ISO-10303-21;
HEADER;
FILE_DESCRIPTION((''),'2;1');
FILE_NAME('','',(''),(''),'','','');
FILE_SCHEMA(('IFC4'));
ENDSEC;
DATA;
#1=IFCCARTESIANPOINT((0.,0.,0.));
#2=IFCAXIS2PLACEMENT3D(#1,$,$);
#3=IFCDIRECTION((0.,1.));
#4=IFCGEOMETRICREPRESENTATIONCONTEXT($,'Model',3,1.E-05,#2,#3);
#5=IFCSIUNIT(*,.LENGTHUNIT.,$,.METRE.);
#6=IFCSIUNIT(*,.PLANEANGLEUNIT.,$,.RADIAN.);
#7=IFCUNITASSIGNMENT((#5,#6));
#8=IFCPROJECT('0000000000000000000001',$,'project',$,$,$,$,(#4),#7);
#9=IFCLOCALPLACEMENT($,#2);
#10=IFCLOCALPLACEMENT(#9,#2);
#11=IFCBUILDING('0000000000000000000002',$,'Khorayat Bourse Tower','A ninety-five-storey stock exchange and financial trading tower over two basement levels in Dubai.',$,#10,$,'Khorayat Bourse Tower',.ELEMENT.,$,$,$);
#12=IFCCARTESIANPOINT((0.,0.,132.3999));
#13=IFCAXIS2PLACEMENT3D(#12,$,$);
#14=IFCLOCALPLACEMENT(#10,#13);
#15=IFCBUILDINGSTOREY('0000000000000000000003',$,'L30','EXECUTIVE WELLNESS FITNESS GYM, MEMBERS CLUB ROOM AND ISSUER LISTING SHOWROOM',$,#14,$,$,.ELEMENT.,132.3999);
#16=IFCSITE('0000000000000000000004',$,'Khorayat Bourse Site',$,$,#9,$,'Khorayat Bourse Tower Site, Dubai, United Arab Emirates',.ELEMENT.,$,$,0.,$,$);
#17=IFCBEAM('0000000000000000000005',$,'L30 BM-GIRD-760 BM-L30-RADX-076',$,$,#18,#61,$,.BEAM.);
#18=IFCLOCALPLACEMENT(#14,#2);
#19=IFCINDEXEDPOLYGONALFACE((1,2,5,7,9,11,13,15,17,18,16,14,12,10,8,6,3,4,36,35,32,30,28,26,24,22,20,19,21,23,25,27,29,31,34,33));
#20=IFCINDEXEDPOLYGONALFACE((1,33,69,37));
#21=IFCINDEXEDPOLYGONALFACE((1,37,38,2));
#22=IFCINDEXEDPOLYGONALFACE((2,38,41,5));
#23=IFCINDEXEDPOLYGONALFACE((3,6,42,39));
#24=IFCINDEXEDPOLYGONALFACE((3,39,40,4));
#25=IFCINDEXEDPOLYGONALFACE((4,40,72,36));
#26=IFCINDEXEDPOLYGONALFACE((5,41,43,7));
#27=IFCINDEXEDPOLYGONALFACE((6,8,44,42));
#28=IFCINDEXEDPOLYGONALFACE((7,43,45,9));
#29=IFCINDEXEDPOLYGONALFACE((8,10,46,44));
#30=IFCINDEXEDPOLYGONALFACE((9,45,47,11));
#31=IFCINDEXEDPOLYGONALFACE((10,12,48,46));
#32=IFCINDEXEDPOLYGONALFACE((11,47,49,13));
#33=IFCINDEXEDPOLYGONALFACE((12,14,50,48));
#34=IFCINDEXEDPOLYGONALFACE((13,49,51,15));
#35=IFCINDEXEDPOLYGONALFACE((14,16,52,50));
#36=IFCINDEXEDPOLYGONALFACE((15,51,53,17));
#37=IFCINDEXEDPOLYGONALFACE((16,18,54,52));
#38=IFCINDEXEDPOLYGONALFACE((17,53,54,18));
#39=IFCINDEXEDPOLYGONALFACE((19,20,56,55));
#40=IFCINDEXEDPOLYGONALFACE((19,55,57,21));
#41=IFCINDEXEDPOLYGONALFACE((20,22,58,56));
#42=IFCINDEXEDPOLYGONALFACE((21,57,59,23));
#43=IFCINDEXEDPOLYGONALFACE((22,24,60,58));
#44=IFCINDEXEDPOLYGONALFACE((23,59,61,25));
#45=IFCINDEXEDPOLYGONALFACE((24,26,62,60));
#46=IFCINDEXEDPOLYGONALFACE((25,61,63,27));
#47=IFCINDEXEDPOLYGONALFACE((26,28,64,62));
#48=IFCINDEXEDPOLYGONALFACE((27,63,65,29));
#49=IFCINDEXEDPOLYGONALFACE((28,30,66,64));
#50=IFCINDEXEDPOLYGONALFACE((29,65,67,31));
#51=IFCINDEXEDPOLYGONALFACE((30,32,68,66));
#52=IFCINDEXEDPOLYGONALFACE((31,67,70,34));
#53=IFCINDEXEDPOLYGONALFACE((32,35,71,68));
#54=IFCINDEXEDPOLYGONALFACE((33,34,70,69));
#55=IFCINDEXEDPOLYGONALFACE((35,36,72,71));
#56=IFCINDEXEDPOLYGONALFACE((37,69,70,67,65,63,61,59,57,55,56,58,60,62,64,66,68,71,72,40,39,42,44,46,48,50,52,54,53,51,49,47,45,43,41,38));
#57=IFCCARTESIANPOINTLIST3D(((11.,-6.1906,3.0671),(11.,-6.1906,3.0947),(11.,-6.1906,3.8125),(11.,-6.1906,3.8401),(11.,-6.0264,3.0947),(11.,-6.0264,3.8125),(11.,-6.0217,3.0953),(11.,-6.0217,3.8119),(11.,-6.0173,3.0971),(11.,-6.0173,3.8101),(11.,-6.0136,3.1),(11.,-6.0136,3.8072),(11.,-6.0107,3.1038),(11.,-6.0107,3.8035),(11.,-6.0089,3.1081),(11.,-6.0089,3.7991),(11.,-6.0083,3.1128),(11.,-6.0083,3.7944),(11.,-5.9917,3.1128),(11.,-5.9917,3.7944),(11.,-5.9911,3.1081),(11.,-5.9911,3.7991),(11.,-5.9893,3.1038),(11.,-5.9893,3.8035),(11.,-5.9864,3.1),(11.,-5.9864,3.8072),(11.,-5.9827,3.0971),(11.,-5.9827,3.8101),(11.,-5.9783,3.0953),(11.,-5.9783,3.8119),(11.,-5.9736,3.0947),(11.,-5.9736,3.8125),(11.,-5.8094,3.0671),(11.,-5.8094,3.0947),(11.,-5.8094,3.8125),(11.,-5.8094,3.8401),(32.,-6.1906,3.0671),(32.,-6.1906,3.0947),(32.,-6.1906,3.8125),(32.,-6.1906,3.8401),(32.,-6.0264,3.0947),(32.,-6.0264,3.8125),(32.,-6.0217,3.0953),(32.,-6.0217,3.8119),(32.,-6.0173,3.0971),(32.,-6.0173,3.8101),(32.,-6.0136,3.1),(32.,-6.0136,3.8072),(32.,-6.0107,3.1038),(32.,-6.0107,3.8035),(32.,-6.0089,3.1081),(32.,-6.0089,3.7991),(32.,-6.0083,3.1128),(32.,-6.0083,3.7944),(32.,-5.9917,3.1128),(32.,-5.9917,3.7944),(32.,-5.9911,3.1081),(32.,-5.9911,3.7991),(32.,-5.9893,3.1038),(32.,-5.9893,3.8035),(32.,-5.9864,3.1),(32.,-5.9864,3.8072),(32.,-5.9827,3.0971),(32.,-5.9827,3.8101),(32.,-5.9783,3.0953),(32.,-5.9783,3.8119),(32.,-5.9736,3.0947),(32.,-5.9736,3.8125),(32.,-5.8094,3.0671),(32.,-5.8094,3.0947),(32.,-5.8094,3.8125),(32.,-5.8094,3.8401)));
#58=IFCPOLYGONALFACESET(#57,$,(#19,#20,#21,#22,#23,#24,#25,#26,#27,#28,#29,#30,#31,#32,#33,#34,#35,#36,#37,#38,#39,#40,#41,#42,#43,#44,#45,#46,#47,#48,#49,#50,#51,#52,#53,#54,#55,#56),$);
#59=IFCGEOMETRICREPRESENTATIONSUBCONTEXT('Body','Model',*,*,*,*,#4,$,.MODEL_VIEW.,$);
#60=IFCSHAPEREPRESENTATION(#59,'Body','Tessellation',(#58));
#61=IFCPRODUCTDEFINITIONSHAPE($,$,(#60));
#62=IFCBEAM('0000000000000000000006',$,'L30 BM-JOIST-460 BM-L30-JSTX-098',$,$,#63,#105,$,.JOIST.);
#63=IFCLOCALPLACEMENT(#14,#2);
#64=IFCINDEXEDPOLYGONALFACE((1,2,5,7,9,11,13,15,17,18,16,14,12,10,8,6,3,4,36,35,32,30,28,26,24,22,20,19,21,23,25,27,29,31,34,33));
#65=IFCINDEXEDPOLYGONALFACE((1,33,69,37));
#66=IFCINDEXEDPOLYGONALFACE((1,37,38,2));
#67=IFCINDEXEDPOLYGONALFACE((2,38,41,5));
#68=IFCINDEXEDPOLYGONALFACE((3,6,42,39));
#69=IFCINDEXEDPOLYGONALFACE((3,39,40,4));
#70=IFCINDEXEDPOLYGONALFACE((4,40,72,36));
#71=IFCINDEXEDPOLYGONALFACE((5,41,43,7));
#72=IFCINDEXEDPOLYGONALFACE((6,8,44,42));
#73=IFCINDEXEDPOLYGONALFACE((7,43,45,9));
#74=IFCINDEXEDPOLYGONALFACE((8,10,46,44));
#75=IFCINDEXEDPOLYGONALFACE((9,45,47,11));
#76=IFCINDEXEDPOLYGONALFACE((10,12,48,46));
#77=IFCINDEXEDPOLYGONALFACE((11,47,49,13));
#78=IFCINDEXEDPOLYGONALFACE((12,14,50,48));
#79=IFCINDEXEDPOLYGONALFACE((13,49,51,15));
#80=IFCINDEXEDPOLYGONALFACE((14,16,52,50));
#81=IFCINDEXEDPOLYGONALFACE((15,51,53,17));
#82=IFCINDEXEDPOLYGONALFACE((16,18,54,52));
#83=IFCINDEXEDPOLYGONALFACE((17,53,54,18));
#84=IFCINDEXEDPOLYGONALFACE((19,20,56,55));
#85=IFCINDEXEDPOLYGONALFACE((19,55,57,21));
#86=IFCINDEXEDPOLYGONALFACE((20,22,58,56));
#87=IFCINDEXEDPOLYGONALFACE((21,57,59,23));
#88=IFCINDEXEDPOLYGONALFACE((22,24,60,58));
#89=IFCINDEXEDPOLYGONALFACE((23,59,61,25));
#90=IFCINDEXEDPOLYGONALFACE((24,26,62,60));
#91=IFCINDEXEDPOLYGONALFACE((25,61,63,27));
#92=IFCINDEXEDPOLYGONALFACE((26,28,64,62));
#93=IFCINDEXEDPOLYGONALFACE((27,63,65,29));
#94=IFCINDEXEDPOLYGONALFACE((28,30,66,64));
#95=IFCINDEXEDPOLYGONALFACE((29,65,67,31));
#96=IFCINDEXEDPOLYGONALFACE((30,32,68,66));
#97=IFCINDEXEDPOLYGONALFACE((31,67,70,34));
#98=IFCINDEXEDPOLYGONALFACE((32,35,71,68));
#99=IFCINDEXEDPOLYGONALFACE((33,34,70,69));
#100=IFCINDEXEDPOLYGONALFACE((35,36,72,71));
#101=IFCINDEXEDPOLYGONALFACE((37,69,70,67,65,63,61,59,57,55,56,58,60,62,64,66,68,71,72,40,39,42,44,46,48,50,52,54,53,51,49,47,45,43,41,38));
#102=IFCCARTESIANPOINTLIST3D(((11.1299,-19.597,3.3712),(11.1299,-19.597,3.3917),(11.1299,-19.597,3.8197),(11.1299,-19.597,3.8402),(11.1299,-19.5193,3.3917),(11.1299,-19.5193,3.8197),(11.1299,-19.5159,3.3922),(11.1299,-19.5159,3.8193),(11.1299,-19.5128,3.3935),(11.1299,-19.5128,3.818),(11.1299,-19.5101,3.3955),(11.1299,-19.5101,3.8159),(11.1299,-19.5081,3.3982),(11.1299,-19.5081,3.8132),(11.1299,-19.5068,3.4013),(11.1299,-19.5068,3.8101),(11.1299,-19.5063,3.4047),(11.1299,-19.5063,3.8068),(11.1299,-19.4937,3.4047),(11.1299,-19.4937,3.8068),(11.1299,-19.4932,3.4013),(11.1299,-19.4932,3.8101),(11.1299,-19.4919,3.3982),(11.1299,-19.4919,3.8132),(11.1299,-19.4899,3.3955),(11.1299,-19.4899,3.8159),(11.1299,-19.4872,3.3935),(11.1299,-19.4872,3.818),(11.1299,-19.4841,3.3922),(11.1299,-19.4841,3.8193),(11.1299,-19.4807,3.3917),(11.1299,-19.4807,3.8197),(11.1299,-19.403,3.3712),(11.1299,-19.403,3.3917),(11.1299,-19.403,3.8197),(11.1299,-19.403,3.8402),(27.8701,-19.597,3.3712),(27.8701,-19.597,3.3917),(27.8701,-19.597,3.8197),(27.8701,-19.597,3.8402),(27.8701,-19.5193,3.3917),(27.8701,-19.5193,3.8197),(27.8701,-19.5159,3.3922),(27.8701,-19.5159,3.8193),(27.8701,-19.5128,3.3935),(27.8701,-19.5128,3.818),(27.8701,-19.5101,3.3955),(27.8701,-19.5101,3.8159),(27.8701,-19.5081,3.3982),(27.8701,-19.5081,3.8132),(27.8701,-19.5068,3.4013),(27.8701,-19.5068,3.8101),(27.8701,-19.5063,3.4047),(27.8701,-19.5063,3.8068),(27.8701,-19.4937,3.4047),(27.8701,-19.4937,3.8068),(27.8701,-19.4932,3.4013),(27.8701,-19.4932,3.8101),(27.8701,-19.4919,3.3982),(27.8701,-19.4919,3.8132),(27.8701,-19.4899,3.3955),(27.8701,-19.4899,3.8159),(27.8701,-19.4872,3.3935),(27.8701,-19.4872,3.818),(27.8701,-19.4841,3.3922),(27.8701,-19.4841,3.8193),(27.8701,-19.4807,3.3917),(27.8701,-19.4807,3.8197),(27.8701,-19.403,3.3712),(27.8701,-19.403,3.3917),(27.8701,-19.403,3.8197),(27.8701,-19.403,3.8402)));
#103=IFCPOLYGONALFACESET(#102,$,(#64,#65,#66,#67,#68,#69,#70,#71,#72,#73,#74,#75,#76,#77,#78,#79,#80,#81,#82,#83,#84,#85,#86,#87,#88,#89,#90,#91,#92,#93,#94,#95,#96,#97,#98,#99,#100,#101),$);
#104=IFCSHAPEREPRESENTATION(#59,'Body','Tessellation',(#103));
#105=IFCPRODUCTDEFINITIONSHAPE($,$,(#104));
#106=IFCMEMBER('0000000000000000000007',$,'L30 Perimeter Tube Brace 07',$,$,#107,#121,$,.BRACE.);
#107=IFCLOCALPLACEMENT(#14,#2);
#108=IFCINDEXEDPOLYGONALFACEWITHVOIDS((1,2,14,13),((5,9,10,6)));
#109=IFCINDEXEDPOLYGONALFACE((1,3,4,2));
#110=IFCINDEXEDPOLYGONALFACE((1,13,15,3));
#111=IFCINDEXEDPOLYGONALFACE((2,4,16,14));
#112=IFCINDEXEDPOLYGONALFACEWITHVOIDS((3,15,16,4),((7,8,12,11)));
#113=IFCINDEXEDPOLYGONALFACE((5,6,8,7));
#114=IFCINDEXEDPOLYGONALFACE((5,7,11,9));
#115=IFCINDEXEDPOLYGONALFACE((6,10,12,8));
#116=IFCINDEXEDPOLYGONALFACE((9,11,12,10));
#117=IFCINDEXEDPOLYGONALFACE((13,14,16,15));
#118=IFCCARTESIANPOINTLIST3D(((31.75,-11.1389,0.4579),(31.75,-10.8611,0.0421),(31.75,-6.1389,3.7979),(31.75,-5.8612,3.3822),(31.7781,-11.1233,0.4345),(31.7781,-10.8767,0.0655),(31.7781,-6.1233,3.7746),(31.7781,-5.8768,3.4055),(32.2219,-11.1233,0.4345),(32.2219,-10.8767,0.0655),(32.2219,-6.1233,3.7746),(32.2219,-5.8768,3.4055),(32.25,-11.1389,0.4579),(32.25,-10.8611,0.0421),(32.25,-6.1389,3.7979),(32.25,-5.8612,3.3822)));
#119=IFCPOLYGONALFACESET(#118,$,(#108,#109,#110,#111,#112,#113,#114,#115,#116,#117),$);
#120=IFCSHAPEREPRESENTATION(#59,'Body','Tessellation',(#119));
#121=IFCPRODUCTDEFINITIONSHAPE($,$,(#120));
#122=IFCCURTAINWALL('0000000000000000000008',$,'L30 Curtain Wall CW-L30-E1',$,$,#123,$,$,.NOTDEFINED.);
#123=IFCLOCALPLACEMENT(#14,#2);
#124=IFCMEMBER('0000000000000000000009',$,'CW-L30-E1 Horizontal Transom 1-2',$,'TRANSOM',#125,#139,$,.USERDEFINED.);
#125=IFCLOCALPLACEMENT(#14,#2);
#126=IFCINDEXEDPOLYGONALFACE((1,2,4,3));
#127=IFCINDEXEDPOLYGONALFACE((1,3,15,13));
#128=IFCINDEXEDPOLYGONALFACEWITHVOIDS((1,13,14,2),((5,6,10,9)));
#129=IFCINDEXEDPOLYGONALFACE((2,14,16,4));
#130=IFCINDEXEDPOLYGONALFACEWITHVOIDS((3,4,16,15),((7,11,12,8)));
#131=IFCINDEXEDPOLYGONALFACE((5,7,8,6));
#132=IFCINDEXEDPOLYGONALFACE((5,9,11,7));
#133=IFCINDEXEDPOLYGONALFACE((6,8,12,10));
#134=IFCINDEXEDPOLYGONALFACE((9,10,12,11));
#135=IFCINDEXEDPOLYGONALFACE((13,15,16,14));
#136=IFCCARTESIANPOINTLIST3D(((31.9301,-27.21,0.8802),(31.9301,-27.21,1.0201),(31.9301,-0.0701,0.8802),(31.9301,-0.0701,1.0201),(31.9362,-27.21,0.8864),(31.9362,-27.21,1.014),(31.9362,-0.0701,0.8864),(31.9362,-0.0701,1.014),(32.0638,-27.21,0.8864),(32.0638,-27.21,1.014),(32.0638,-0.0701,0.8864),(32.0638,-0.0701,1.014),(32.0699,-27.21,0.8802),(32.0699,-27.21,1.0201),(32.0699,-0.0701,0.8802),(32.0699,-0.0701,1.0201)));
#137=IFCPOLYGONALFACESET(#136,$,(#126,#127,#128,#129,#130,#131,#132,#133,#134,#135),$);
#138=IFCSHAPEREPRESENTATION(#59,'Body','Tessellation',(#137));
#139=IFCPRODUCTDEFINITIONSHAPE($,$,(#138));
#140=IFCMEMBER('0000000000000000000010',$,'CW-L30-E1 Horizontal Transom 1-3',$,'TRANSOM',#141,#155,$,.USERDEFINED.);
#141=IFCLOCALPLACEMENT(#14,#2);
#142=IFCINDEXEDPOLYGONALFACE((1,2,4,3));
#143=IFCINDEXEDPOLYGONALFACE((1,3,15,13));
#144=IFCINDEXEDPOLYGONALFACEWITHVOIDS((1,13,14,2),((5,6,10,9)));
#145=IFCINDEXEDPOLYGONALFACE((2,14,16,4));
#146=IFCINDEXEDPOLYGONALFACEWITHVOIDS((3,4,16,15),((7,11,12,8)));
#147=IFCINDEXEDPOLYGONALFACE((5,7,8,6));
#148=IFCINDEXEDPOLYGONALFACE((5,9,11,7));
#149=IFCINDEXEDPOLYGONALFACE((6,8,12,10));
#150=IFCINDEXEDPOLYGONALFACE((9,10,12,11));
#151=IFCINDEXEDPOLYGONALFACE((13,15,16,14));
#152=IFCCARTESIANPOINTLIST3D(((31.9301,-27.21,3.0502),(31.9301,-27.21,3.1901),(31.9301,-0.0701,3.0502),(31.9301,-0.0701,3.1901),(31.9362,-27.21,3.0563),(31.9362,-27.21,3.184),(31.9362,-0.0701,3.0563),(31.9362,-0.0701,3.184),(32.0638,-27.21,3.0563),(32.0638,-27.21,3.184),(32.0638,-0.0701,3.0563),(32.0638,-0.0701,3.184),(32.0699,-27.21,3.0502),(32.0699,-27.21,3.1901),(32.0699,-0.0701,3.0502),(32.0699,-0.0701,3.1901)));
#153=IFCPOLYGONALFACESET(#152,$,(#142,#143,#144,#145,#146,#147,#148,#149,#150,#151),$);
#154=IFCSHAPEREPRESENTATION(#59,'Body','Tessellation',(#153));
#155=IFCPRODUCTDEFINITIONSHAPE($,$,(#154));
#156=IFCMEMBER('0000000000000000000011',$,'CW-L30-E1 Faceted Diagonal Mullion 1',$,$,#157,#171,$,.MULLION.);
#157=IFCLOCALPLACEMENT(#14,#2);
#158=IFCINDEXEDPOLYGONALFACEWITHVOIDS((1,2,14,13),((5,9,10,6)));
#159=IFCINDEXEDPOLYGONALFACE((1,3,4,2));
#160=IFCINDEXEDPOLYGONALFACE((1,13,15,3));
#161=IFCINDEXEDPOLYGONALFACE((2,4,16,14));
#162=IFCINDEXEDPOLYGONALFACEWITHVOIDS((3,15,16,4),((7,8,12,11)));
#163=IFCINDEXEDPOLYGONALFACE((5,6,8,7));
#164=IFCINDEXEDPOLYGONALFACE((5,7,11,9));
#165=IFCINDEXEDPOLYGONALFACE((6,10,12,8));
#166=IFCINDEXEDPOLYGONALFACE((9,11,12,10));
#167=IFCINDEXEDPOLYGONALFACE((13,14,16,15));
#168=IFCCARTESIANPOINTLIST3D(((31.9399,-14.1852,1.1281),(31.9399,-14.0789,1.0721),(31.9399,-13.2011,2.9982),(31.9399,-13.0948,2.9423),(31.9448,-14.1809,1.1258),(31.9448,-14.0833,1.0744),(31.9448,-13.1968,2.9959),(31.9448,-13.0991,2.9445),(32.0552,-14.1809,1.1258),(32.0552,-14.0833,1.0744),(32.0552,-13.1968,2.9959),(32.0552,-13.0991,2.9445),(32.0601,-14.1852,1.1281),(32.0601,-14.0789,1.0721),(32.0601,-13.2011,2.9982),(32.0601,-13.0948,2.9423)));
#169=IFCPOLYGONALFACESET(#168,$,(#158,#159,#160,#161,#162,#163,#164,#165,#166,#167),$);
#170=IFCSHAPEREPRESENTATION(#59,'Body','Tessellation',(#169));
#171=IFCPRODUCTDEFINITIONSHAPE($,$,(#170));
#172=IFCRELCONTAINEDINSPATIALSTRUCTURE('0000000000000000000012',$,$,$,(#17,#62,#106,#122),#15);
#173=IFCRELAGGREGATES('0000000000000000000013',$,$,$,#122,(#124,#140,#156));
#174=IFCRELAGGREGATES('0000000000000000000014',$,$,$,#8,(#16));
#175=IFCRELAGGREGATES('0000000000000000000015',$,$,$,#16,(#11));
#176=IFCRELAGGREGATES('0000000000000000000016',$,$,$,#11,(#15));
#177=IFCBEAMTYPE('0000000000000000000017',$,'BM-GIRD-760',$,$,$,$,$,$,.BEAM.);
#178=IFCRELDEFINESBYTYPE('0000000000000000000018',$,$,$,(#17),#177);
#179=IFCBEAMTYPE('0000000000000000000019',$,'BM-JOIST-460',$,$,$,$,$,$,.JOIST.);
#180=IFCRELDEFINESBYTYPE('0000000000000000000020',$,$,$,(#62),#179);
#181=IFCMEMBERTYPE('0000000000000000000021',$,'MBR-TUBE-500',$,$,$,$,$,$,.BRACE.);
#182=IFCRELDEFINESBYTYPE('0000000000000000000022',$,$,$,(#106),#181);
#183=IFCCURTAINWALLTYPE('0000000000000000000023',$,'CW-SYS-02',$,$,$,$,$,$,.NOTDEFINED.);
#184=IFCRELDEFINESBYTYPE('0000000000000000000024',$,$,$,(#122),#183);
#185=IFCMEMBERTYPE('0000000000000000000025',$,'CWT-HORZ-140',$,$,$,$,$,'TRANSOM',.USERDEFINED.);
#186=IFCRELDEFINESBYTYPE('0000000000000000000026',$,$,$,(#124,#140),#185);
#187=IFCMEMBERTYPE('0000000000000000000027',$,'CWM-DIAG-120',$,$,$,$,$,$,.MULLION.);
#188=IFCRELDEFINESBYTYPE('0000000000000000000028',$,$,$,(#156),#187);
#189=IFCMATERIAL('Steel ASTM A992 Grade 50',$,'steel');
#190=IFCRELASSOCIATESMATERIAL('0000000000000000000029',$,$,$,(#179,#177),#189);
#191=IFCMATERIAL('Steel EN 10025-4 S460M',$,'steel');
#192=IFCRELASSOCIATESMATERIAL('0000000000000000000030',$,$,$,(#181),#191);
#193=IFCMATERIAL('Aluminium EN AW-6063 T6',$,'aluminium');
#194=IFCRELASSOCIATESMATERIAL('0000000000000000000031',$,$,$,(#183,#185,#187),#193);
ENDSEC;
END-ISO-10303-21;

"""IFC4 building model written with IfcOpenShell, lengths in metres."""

from ifc_helpers import new_model, si_unit, direction, frame, origin, origin_2d, place, context, subcontext, project, spatial, hollow_rectangle, i_section, extrude, source, transform, mapped, material, material_profile, profile_set, type_object, element, aggregate, save


model = new_model("IFC4")

# Units and contexts
model_context = context("Model", 3, precision=1e-05, world=origin(), true_north=direction((0.0, 1.0)))
body_context = subcontext(model_context, "Body", "Model", "MODEL_VIEW")
ifc_project = project(units=[si_unit("LENGTHUNIT", "METRE"), si_unit("PLANEANGLEUNIT", "RADIAN")], contexts=[model_context])

# Site, building, storey
site_placement = place(None, origin())
site = spatial("IfcSite", under=ifc_project, at=site_placement, Name="Khorayat Bourse Site", LongName="Khorayat Bourse Tower Site, Dubai, United Arab Emirates", CompositionType="ELEMENT", RefElevation=0.0)
building_placement = place(site_placement, origin())
building = spatial("IfcBuilding", under=site, at=building_placement, Name="Khorayat Bourse Tower", Description="A ninety-five-storey stock exchange and financial trading tower over two basement levels in Dubai.", LongName="Khorayat Bourse Tower", CompositionType="ELEMENT")
storey_placement = place(building_placement, frame((0.0, 0.0, 132.3999)))
storey = spatial("IfcBuildingStorey", under=building, at=storey_placement, Name="L30", Description="EXECUTIVE WELLNESS FITNESS GYM, MEMBERS CLUB ROOM AND ISSUER LISTING SHOWROOM", CompositionType="ELEMENT", Elevation=132.3999)

# Shared definitions
ifc_material_1 = material(Name="Steel EN 10025-4 S460M", Category="steel")

# Beams
ifc_material_2 = material(Name="Steel ASTM A992 Grade 50", Category="steel")
ifc_material_profile_1 = material_profile(ifc_material_2, i_section(OverallWidth=0.1941, OverallDepth=0.469, WebThickness=0.0127, FlangeThickness=0.0205, FilletRadius=0.0129, at=origin_2d()), Name="W460X106")
ifc_profile_set_1 = profile_set([ifc_material_profile_1], Name="Steel ASTM A992 Grade 50")
beam_type_1 = type_object("IfcBeamType", Name="BM-JOIST-460", PredefinedType="JOIST", material=ifc_profile_set_1)
ifc_material_profile_2 = material_profile(ifc_material_2, i_section(OverallWidth=0.3811, OverallDepth=0.7729, WebThickness=0.0166, FlangeThickness=0.0276, FilletRadius=0.0181, at=origin_2d()), Name="W760X257")
ifc_profile_set_2 = profile_set([ifc_material_profile_2], Name="Steel ASTM A992 Grade 50")
beam_type_2 = type_object("IfcBeamType", Name="BM-GIRD-760", PredefinedType="BEAM", material=ifc_profile_set_2)
shared_shape_1 = source(origin(), body_context, "Body", "SweptSolid", [
    extrude(i_section(OverallWidth=0.3811, OverallDepth=0.7729, WebThickness=0.0166, FlangeThickness=0.0276, FilletRadius=0.0181, at=origin_2d()), origin(), (0.0, 0.0, 1.0), 21.0),
])
beam_1_placement = place(storey_placement, frame((11.0, -6.0, 3.4536), z_axis=(1.0, 0.0, 0.0), x_axis=(0.0, 1.0, 0.0)))
element("IfcBeam", 1, at=beam_1_placement, inside=storey, type_object=beam_type_2, Name="L30 BM-GIRD-760 BM-L30-RADX-076", PredefinedType="BEAM", context=body_context, shape_type="MappedRepresentation", body=[
    mapped(shared_shape_1, transform((0.0, 0.0, 0.0), scale=1.0)),
])
shared_shape_2 = source(origin(), body_context, "Body", "SweptSolid", [
    extrude(i_section(OverallWidth=0.1941, OverallDepth=0.469, WebThickness=0.0127, FlangeThickness=0.0205, FilletRadius=0.0129, at=origin_2d()), origin(), (0.0, 0.0, 1.0), 16.7402),
])
beam_2_placement = place(storey_placement, frame((11.1299, -19.5, 3.6057), z_axis=(1.0, 0.0, 0.0), x_axis=(0.0, 1.0, 0.0)))
element("IfcBeam", 2, at=beam_2_placement, inside=storey, type_object=beam_type_1, Name="L30 BM-JOIST-460 BM-L30-JSTX-098", PredefinedType="JOIST", context=body_context, shape_type="MappedRepresentation", body=[
    mapped(shared_shape_2, transform((0.0, 0.0, 0.0), scale=1.0)),
])

# Member
ifc_material_profile_3 = material_profile(ifc_material_1, hollow_rectangle(XDim=0.5, YDim=0.5, WallThickness=0.0281, at=origin_2d()), Name="HSS 500x500x28")
ifc_profile_set_3 = profile_set([ifc_material_profile_3], Name="Steel EN 10025-4 S460M")
member_type_1 = type_object("IfcMemberType", Name="MBR-TUBE-500", PredefinedType="BRACE", material=ifc_profile_set_3)
shared_shape_3 = source(origin(), body_context, "Body", "SweptSolid", [
    extrude(hollow_rectangle(XDim=0.5, YDim=0.5, WallThickness=0.0281, at=origin_2d()), origin(), (0.0, 0.0, 1.0), 6.0129),
])
member_1_placement = place(storey_placement, frame((32.0, -11.0, 0.25), z_axis=(0.0, 0.831531, 0.555478), x_axis=(-1.0, 0.0, 0.0)))
element("IfcMember", 3, at=member_1_placement, inside=storey, type_object=member_type_1, Name="L30 Perimeter Tube Brace 07", PredefinedType="BRACE", context=body_context, shape_type="MappedRepresentation", body=[
    mapped(shared_shape_3, transform((0.0, 0.0, 0.0), scale=1.0)),
])

# Curtain wall, members
ifc_material_3 = material(Name="Aluminium EN AW-6063 T6", Category="aluminium")
curtain_wall_type = type_object("IfcCurtainWallType", Name="CW-SYS-02", PredefinedType="NOTDEFINED", material=ifc_material_3)
curtain_wall_placement = place(storey_placement, origin())
curtain_wall = element("IfcCurtainWall", 4, at=curtain_wall_placement, inside=storey, type_object=curtain_wall_type, Name="L30 Curtain Wall CW-L30-E1", PredefinedType="NOTDEFINED")
ifc_material_profile_4 = material_profile(ifc_material_3, hollow_rectangle(XDim=0.1399, YDim=0.1399, WallThickness=0.0061, at=origin_2d()), Name="ALU 140x140x6")
ifc_profile_set_4 = profile_set([ifc_material_profile_4], Name="Aluminium EN AW-6063 T6")
member_type_2 = type_object("IfcMemberType", Name="CWT-HORZ-140", ElementType="TRANSOM", PredefinedType="USERDEFINED", material=ifc_profile_set_4)
shared_shape_4 = source(origin(), body_context, "Body", "SweptSolid", [
    extrude(hollow_rectangle(XDim=0.1399, YDim=0.1399, WallThickness=0.0061, at=origin_2d()), origin(), (0.0, 0.0, 1.0), 27.1399),
])
member_2_placement = place(storey_placement, frame((32.0, -27.21, 0.9502), z_axis=(0.0, 1.0, 0.0), x_axis=(-1.0, 0.0, 0.0)))
member_2 = element("IfcMember", 5, at=member_2_placement, type_object=member_type_2, Name="CW-L30-E1 Horizontal Transom 1-2", ObjectType="TRANSOM", PredefinedType="USERDEFINED", context=body_context, shape_type="MappedRepresentation", body=[
    mapped(shared_shape_4, transform((0.0, 0.0, 0.0), scale=1.0)),
])
member_3_placement = place(storey_placement, frame((32.0, -27.21, 3.1201), z_axis=(0.0, 1.0, 0.0), x_axis=(-1.0, 0.0, 0.0)))
member_3 = element("IfcMember", 6, at=member_3_placement, type_object=member_type_2, Name="CW-L30-E1 Horizontal Transom 1-3", ObjectType="TRANSOM", PredefinedType="USERDEFINED", context=body_context, shape_type="MappedRepresentation", body=[
    mapped(shared_shape_4, transform((0.0, 0.0, 0.0), scale=1.0)),
])
ifc_material_profile_5 = material_profile(ifc_material_3, hollow_rectangle(XDim=0.1201, YDim=0.1201, WallThickness=0.0049, at=origin_2d()), Name="ALU 120x120x5")
ifc_profile_set_5 = profile_set([ifc_material_profile_5], Name="Aluminium EN AW-6063 T6")
member_type_3 = type_object("IfcMemberType", Name="CWM-DIAG-120", PredefinedType="MULLION", material=ifc_profile_set_5)
shared_shape_5 = source(origin(), body_context, "Body", "SweptSolid", [
    extrude(hollow_rectangle(XDim=0.1201, YDim=0.1201, WallThickness=0.0049, at=origin_2d()), origin(), (0.0, 0.0, 1.0), 2.1133),
])
member_4_placement = place(storey_placement, frame((32.0, -14.1321, 1.1001), z_axis=(0.0, 0.465694, 0.884946), x_axis=(-1.0, 0.0, 0.0)))
member_4 = element("IfcMember", 7, at=member_4_placement, type_object=member_type_3, Name="CW-L30-E1 Faceted Diagonal Mullion 1", PredefinedType="MULLION", context=body_context, shape_type="MappedRepresentation", body=[
    mapped(shared_shape_5, transform((0.0, 0.0, 0.0), scale=1.0)),
])

aggregate(curtain_wall, [member_2, member_3, member_4])

save(model, "model.ifc")
